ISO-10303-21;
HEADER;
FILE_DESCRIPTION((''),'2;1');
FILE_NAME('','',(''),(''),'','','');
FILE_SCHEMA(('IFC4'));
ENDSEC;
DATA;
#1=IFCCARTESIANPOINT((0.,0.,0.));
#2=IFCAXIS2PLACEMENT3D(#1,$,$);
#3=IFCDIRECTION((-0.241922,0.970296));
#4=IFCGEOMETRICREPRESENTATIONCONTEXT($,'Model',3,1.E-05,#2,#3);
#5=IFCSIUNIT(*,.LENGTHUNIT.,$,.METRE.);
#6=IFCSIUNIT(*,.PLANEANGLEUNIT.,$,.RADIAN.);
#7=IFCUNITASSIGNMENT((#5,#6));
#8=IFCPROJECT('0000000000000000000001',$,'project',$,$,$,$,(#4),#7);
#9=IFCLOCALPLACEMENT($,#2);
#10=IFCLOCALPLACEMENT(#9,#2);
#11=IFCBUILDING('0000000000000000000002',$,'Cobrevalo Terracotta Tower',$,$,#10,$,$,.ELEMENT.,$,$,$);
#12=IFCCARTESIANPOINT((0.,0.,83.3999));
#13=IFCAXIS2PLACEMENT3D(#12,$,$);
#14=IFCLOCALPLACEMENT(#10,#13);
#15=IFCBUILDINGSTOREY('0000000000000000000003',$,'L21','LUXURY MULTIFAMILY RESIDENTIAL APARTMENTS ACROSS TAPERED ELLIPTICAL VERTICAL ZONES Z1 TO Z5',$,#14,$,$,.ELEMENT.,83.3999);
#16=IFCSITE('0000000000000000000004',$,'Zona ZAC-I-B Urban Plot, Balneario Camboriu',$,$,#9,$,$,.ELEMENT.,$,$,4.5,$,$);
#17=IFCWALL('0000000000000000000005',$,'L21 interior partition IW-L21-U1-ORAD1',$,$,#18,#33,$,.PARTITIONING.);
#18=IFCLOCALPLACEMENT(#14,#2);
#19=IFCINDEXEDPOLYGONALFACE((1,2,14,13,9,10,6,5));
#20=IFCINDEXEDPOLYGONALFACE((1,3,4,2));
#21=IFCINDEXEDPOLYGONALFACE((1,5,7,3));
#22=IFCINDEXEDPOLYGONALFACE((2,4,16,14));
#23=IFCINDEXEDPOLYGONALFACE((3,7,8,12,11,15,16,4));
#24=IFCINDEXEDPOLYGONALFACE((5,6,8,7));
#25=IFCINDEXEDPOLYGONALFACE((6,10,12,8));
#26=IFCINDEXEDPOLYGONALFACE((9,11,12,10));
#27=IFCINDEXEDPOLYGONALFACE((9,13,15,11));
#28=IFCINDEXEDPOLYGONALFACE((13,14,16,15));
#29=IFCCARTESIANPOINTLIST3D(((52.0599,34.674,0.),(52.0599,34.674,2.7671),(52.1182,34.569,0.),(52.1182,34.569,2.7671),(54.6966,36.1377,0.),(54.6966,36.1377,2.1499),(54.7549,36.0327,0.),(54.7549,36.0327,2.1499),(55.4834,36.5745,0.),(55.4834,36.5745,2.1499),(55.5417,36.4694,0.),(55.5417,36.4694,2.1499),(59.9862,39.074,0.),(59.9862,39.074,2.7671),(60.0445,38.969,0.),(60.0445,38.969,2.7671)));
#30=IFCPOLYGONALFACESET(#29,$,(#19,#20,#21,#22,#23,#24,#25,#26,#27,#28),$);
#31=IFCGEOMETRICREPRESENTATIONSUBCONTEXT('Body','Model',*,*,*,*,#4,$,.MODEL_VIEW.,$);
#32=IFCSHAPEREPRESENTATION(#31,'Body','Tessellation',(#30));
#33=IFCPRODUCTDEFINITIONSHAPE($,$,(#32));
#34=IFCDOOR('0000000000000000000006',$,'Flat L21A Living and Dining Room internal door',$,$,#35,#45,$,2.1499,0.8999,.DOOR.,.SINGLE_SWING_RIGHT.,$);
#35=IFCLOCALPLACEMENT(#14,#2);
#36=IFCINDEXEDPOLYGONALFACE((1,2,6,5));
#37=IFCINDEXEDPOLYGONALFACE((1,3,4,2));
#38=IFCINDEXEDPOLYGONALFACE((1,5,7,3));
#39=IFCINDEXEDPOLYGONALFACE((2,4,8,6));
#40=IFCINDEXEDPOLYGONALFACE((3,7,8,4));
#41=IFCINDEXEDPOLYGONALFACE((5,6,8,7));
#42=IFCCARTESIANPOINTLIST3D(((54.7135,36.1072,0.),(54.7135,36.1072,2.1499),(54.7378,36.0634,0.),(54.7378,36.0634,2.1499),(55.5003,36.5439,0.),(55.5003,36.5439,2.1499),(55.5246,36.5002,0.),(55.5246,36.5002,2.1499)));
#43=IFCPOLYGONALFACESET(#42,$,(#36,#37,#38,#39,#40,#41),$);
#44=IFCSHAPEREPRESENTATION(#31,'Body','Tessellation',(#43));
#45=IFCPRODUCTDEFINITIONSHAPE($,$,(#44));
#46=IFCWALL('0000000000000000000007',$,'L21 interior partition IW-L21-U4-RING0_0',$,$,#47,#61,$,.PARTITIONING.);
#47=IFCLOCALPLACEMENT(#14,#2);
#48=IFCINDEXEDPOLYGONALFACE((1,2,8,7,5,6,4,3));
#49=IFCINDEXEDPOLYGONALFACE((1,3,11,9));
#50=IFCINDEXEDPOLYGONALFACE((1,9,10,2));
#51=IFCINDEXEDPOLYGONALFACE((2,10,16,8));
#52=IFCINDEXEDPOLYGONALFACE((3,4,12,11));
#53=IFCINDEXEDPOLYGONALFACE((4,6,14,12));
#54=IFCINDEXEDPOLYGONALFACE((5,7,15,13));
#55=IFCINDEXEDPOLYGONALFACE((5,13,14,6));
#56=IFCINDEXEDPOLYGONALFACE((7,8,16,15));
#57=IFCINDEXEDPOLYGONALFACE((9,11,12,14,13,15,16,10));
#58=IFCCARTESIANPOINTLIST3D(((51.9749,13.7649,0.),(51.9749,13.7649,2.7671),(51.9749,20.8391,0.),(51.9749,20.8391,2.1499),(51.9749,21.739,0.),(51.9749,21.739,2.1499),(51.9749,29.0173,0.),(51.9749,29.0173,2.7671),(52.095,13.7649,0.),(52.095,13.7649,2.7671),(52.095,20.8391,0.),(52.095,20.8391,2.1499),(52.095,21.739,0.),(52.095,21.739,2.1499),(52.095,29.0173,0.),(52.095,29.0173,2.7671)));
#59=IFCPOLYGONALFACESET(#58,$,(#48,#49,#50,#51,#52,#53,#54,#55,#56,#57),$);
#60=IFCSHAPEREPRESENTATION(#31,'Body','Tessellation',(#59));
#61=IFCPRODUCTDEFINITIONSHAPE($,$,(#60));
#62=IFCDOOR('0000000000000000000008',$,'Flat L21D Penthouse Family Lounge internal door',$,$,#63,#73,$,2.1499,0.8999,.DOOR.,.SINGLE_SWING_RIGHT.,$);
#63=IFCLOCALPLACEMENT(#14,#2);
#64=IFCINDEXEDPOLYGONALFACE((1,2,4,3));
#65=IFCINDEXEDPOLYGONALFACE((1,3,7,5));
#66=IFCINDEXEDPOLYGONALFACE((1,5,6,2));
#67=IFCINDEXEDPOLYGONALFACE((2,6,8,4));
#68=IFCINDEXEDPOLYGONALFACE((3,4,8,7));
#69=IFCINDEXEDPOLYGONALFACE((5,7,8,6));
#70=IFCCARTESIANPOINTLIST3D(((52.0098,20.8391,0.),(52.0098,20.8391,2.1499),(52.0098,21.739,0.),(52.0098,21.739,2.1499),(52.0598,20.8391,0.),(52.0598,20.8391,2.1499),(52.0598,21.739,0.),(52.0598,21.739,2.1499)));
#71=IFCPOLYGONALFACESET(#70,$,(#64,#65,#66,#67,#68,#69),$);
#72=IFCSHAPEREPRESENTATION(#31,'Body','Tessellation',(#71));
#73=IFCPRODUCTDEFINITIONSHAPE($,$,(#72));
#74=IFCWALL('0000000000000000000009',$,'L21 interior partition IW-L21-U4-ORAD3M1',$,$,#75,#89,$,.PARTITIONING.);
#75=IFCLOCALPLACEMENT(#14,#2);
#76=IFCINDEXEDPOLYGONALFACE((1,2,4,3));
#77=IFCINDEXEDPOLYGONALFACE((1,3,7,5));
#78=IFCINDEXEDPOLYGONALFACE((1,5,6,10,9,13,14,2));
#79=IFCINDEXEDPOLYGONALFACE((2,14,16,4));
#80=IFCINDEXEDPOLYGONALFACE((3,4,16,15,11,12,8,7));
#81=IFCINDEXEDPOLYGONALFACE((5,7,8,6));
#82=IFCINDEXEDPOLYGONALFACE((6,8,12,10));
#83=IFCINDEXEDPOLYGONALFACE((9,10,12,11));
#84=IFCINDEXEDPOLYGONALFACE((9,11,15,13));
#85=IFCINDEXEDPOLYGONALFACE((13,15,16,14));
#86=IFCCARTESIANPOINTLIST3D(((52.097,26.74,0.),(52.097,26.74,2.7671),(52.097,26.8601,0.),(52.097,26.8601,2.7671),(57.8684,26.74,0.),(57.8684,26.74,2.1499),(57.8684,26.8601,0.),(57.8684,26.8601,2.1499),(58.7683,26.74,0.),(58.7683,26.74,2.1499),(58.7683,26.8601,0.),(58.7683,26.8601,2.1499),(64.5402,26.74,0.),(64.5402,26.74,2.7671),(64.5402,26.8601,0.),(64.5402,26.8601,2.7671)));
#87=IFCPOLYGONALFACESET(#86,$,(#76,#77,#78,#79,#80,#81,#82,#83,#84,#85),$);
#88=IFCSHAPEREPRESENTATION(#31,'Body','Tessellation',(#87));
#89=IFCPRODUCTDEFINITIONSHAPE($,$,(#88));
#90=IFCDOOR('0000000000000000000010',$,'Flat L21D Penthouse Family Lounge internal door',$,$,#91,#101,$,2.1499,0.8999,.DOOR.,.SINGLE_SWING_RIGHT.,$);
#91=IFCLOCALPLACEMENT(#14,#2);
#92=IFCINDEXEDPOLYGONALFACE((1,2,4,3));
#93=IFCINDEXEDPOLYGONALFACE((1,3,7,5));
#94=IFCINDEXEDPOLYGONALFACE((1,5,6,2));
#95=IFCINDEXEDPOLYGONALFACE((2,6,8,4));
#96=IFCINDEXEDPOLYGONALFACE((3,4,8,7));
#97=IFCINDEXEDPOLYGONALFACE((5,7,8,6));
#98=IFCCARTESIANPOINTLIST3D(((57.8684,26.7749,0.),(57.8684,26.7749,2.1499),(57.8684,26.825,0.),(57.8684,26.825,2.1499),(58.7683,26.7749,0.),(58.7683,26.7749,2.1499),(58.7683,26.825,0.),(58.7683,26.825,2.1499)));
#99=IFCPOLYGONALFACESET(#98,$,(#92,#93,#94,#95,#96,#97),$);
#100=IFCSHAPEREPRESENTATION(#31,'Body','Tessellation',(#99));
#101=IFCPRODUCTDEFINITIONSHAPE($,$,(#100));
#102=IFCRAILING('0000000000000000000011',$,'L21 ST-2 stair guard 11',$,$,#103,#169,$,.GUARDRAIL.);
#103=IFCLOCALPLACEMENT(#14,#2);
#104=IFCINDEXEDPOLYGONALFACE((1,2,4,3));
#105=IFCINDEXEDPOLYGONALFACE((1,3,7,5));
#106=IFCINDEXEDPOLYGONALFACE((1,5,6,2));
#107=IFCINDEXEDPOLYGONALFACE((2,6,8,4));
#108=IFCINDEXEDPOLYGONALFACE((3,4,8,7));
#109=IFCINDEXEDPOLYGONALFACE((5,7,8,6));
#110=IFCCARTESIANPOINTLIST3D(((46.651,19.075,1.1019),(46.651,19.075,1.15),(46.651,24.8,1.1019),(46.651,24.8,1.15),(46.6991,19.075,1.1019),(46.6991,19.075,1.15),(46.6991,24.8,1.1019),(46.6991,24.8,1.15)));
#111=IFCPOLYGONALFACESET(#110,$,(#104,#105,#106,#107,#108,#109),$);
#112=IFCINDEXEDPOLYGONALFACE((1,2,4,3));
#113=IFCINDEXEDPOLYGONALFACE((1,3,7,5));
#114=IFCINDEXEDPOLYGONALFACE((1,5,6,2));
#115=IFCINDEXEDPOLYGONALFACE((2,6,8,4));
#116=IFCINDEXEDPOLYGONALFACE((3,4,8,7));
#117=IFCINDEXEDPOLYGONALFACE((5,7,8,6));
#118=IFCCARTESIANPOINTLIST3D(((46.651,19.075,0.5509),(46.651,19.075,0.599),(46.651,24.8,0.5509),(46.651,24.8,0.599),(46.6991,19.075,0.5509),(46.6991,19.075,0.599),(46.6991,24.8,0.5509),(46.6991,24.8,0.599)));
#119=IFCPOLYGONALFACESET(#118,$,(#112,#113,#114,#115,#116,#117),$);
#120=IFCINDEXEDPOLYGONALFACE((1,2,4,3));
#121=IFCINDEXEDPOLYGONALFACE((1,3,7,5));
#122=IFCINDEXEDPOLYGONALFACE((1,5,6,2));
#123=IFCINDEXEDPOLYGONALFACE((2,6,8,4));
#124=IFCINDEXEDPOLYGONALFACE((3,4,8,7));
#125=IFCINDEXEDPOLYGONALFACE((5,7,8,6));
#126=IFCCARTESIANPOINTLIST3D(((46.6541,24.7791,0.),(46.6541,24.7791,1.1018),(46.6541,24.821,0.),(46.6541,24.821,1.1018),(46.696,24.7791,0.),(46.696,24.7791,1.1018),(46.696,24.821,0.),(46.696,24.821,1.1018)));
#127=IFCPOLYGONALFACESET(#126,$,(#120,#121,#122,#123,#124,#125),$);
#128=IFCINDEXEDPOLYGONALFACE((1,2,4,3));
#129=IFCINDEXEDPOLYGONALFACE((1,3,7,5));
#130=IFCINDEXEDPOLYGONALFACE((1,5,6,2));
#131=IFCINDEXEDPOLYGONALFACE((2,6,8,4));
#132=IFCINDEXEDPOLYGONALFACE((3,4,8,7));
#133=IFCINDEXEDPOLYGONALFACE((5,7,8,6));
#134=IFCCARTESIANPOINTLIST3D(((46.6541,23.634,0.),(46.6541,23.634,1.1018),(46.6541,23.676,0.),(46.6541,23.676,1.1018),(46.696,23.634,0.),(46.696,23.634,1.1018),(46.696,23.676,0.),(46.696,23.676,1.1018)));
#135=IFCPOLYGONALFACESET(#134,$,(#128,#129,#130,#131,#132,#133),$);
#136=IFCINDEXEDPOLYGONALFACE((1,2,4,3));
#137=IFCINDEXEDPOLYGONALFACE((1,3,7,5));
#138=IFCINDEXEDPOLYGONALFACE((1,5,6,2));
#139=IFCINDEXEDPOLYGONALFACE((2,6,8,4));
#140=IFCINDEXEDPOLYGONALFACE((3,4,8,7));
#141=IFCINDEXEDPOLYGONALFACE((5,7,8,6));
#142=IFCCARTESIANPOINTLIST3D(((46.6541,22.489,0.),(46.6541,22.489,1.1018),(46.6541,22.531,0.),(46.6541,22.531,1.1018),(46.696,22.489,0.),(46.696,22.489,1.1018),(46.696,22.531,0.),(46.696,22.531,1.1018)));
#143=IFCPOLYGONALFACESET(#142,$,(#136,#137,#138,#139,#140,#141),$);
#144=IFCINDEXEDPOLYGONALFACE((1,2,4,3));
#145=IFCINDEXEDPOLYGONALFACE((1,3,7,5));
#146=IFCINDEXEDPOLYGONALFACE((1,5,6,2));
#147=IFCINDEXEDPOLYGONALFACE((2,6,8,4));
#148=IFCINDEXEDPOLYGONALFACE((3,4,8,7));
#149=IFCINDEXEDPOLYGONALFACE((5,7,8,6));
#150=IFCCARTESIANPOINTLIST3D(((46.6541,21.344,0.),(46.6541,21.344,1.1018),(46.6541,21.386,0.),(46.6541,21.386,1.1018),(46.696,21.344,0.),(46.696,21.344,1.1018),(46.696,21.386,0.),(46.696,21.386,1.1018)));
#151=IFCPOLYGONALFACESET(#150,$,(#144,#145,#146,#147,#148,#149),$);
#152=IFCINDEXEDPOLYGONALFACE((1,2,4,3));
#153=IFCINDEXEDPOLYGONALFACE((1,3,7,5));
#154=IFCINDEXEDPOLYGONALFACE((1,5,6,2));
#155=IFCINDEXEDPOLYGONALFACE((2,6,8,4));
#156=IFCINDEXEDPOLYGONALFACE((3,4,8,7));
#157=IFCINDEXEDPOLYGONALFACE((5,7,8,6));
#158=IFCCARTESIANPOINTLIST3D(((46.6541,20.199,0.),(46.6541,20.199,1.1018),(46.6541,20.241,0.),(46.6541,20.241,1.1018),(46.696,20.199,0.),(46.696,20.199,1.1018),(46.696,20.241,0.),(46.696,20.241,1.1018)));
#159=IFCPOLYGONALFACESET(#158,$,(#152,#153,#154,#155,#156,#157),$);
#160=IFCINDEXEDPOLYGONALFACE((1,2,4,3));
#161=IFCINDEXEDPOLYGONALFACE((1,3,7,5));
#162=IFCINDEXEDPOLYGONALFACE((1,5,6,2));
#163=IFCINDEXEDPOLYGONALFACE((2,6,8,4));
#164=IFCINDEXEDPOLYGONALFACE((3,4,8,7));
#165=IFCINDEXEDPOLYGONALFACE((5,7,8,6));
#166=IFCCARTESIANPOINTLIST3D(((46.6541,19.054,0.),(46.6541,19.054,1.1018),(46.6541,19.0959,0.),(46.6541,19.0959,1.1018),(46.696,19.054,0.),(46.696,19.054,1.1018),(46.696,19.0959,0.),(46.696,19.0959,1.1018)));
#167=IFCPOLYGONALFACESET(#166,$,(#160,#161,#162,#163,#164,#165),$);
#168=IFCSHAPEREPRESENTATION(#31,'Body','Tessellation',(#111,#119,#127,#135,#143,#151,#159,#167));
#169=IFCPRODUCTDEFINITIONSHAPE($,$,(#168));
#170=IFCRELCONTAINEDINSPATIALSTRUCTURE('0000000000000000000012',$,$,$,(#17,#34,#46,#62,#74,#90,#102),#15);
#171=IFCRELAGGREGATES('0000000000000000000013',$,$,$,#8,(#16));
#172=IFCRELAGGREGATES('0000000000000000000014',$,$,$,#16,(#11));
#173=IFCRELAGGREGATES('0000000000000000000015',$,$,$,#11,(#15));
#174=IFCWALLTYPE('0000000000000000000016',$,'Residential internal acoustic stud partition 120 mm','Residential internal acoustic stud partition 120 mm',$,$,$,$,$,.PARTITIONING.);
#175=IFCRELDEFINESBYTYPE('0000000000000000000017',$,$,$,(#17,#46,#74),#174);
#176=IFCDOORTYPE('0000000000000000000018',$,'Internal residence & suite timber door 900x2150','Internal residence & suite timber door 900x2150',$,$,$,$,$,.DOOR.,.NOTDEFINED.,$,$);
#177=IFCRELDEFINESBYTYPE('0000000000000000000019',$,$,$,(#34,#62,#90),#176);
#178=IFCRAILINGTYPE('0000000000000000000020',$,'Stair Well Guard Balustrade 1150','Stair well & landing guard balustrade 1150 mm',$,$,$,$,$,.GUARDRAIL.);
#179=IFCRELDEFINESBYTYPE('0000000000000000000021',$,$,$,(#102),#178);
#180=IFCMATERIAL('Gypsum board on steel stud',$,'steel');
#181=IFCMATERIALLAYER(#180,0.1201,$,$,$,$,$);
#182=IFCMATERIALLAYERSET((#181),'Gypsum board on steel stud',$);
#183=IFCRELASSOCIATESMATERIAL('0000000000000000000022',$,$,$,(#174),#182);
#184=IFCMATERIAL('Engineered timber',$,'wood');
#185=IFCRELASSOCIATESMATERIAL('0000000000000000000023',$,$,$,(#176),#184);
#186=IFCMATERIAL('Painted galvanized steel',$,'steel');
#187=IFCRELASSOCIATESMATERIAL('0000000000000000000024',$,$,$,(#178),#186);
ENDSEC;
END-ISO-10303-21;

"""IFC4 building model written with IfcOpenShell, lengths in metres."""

from ifc_helpers import new_model, si_unit, direction, frame, frame_2d, origin, origin_2d, place, context, subcontext, project, spatial, rectangle, extrude, source, transform, mapped, material, layer, layer_set, type_object, element, fill, save


model = new_model("IFC4")

# Units and contexts
model_context = context("Model", 3, precision=1e-05, world=origin(), true_north=direction((-0.241922, 0.970296)))
body_context = subcontext(model_context, "Body", "Model", "MODEL_VIEW")
ifc_project = project(units=[si_unit("LENGTHUNIT", "METRE"), si_unit("PLANEANGLEUNIT", "RADIAN")], contexts=[model_context])

# Site, building, storey
site_placement = place(None, origin())
site = spatial("IfcSite", under=ifc_project, at=site_placement, Name="Zona ZAC-I-B Urban Plot, Balneario Camboriu", CompositionType="ELEMENT", RefElevation=4.5)
building_placement = place(site_placement, origin())
building = spatial("IfcBuilding", under=site, at=building_placement, Name="Cobrevalo Terracotta Tower", CompositionType="ELEMENT")
storey_placement = place(building_placement, frame((0.0, 0.0, 83.3999)))
storey = spatial("IfcBuildingStorey", under=building, at=storey_placement, Name="L21", Description="LUXURY MULTIFAMILY RESIDENTIAL APARTMENTS ACROSS TAPERED ELLIPTICAL VERTICAL ZONES Z1 TO Z5", CompositionType="ELEMENT", Elevation=83.3999)

# Walls, openings, doors
ifc_material_1 = material(Name="Gypsum board on steel stud", Category="steel")
ifc_layer_1 = layer(ifc_material_1, 0.1201)
ifc_layer_set_1 = layer_set([ifc_layer_1], Name="Gypsum board on steel stud")
wall_type_1 = type_object("IfcWallType", Name="Residential internal acoustic stud partition 120 mm", Description="Residential internal acoustic stud partition 120 mm", PredefinedType="PARTITIONING", material=ifc_layer_set_1)
wall_1_placement = place(storey_placement, frame((52.0891, 34.6216, 0.0), z_axis=(0.0, 0.0, 1.0), x_axis=(0.874325, 0.485341, 0.0)))
wall_1 = element("IfcWall", 1, at=wall_1_placement, inside=storey, type_object=wall_type_1, Name="L21 interior partition IW-L21-U1-ORAD1", PredefinedType="PARTITIONING", context=body_context, shape_type="SweptSolid", body=[
    extrude(rectangle(XDim=9.0657, YDim=0.1201, at=frame_2d((4.5327, 0.0))), origin(), (0.0, 0.0, 1.0), 2.7671),
])
opening_1_placement = place(wall_1_placement, frame((3.0156, 0.0, 0.0)))
opening_1 = element("IfcOpeningElement", 2, at=opening_1_placement, cuts=wall_1, PredefinedType="OPENING", context=body_context, shape_type="SweptSolid", body=[
    extrude(rectangle(XDim=0.8999, YDim=2.1499, at=frame_2d((0.45, 1.075))), frame((0.0, 0.0701, 0.0), z_axis=(0.0, -1.0, 0.0), x_axis=(1.0, 0.0, 0.0)), (0.0, 0.0, 1.0), 0.1401),
])
ifc_material_2 = material(Name="Engineered timber", Category="wood")
door_type_1 = type_object("IfcDoorType", Name="Internal residence & suite timber door 900x2150", Description="Internal residence & suite timber door 900x2150", OperationType="NOTDEFINED", PredefinedType="DOOR", material=ifc_material_2)
shared_shape_1 = source(origin(), body_context, "Body", "SweptSolid", [
    extrude(rectangle(XDim=0.8999, YDim=2.1499, at=frame_2d((0.45, 1.075))), frame((0.0, 0.0249, 0.0), z_axis=(0.0, -1.0, 0.0), x_axis=(1.0, 0.0, 0.0)), (0.0, 0.0, 1.0), 0.05),
])
door_1_placement = place(opening_1_placement, frame((0.8999, 0.0, 0.0), z_axis=(0.0, 0.0, 1.0), x_axis=(-1.0, 0.0, 0.0)))
door_1 = element("IfcDoor", 3, at=door_1_placement, inside=storey, type_object=door_type_1, Name="Flat L21A Living and Dining Room internal door", OperationType="SINGLE_SWING_RIGHT", OverallHeight=2.1499, OverallWidth=0.8999, PredefinedType="DOOR", context=body_context, shape_type="MappedRepresentation", body=[
    mapped(shared_shape_1, transform((0.0, 0.0, 0.0), scale=1.0)),
])
fill(opening_1, door_1)
wall_2_placement = place(storey_placement, frame((52.0349, 29.0173, 0.0), z_axis=(0.0, 0.0, 1.0), x_axis=(0.0, -1.0, 0.0)))
wall_2 = element("IfcWall", 4, at=wall_2_placement, inside=storey, type_object=wall_type_1, Name="L21 interior partition IW-L21-U4-RING0_0", PredefinedType="PARTITIONING", context=body_context, shape_type="SweptSolid", body=[
    extrude(rectangle(XDim=15.2524, YDim=0.1201, at=frame_2d((7.6262, 0.0))), origin(), (0.0, 0.0, 1.0), 2.7671),
])
opening_2_placement = place(wall_2_placement, frame((7.2783, 0.0, 0.0)))
opening_2 = element("IfcOpeningElement", 5, at=opening_2_placement, cuts=wall_2, PredefinedType="OPENING", context=body_context, shape_type="SweptSolid", body=[
    extrude(rectangle(XDim=0.8999, YDim=2.1499, at=frame_2d((0.45, 1.075))), frame((0.0, 0.0701, 0.0), z_axis=(0.0, -1.0, 0.0), x_axis=(1.0, 0.0, 0.0)), (0.0, 0.0, 1.0), 0.1401),
])
door_2_placement = place(opening_2_placement, origin())
door_2 = element("IfcDoor", 6, at=door_2_placement, inside=storey, type_object=door_type_1, Name="Flat L21D Penthouse Family Lounge internal door", OperationType="SINGLE_SWING_RIGHT", OverallHeight=2.1499, OverallWidth=0.8999, PredefinedType="DOOR", context=body_context, shape_type="MappedRepresentation", body=[
    mapped(shared_shape_1, transform((0.0, 0.0, 0.0), scale=1.0)),
])
fill(opening_2, door_2)
wall_3_placement = place(storey_placement, frame((52.0969, 26.8, 0.0), z_axis=(0.0, 0.0, 1.0), x_axis=(1.0, 0.0, 0.0)))
wall_3 = element("IfcWall", 7, at=wall_3_placement, inside=storey, type_object=wall_type_1, Name="L21 interior partition IW-L21-U4-ORAD3M1", PredefinedType="PARTITIONING", context=body_context, shape_type="SweptSolid", body=[
    extrude(rectangle(XDim=12.4431, YDim=0.1201, at=frame_2d((6.2217, 0.0))), origin(), (0.0, 0.0, 1.0), 2.7671),
])
opening_3_placement = place(wall_3_placement, frame((5.7715, 0.0, 0.0)))
opening_3 = element("IfcOpeningElement", 8, at=opening_3_placement, cuts=wall_3, PredefinedType="OPENING", context=body_context, shape_type="SweptSolid", body=[
    extrude(rectangle(XDim=0.8999, YDim=2.1499, at=frame_2d((0.45, 1.075))), frame((0.0, 0.0701, 0.0), z_axis=(0.0, -1.0, 0.0), x_axis=(1.0, 0.0, 0.0)), (0.0, 0.0, 1.0), 0.1401),
])
door_3_placement = place(opening_3_placement, origin())
door_3 = element("IfcDoor", 9, at=door_3_placement, inside=storey, type_object=door_type_1, Name="Flat L21D Penthouse Family Lounge internal door", OperationType="SINGLE_SWING_RIGHT", OverallHeight=2.1499, OverallWidth=0.8999, PredefinedType="DOOR", context=body_context, shape_type="MappedRepresentation", body=[
    mapped(shared_shape_1, transform((0.0, 0.0, 0.0), scale=1.0)),
])
fill(opening_3, door_3)

# Railing
ifc_material_3 = material(Name="Painted galvanized steel", Category="steel")
railing_type_1 = type_object("IfcRailingType", Name="Stair Well Guard Balustrade 1150", Description="Stair well & landing guard balustrade 1150 mm", PredefinedType="GUARDRAIL", material=ifc_material_3)
railing_1_placement = place(storey_placement, frame((46.675, 24.8, 0.0)))
element("IfcRailing", 10, at=railing_1_placement, inside=storey, type_object=railing_type_1, Name="L21 ST-2 stair guard 11", PredefinedType="GUARDRAIL", context=body_context, shape_type="SweptSolid", body=[
    extrude(rectangle(XDim=0.0481, YDim=0.0481, at=origin_2d()), frame((0.0, 0.0, 1.126), z_axis=(0.0, -1.0, 0.0), x_axis=(1.0, 0.0, 0.0)), (0.0, 0.0, 1.0), 5.7251),
    extrude(rectangle(XDim=0.0481, YDim=0.0481, at=origin_2d()), frame((0.0, 0.0, 0.575), z_axis=(0.0, -1.0, 0.0), x_axis=(1.0, 0.0, 0.0)), (0.0, 0.0, 1.0), 5.7251),
    extrude(rectangle(XDim=0.042, YDim=0.042, at=origin_2d()), origin(), (0.0, 0.0, 1.0), 1.1018),
    extrude(rectangle(XDim=0.042, YDim=0.042, at=origin_2d()), frame((0.0, -1.145, 0.0)), (0.0, 0.0, 1.0), 1.1018),
    extrude(rectangle(XDim=0.042, YDim=0.042, at=origin_2d()), frame((0.0, -2.29, 0.0)), (0.0, 0.0, 1.0), 1.1018),
    extrude(rectangle(XDim=0.042, YDim=0.042, at=origin_2d()), frame((0.0, -3.4351, 0.0)), (0.0, 0.0, 1.0), 1.1018),
    extrude(rectangle(XDim=0.042, YDim=0.042, at=origin_2d()), frame((0.0, -4.5801, 0.0)), (0.0, 0.0, 1.0), 1.1018),
    extrude(rectangle(XDim=0.042, YDim=0.042, at=origin_2d()), frame((0.0, -5.7251, 0.0)), (0.0, 0.0, 1.0), 1.1018),
])

save(model, "model.ifc")
